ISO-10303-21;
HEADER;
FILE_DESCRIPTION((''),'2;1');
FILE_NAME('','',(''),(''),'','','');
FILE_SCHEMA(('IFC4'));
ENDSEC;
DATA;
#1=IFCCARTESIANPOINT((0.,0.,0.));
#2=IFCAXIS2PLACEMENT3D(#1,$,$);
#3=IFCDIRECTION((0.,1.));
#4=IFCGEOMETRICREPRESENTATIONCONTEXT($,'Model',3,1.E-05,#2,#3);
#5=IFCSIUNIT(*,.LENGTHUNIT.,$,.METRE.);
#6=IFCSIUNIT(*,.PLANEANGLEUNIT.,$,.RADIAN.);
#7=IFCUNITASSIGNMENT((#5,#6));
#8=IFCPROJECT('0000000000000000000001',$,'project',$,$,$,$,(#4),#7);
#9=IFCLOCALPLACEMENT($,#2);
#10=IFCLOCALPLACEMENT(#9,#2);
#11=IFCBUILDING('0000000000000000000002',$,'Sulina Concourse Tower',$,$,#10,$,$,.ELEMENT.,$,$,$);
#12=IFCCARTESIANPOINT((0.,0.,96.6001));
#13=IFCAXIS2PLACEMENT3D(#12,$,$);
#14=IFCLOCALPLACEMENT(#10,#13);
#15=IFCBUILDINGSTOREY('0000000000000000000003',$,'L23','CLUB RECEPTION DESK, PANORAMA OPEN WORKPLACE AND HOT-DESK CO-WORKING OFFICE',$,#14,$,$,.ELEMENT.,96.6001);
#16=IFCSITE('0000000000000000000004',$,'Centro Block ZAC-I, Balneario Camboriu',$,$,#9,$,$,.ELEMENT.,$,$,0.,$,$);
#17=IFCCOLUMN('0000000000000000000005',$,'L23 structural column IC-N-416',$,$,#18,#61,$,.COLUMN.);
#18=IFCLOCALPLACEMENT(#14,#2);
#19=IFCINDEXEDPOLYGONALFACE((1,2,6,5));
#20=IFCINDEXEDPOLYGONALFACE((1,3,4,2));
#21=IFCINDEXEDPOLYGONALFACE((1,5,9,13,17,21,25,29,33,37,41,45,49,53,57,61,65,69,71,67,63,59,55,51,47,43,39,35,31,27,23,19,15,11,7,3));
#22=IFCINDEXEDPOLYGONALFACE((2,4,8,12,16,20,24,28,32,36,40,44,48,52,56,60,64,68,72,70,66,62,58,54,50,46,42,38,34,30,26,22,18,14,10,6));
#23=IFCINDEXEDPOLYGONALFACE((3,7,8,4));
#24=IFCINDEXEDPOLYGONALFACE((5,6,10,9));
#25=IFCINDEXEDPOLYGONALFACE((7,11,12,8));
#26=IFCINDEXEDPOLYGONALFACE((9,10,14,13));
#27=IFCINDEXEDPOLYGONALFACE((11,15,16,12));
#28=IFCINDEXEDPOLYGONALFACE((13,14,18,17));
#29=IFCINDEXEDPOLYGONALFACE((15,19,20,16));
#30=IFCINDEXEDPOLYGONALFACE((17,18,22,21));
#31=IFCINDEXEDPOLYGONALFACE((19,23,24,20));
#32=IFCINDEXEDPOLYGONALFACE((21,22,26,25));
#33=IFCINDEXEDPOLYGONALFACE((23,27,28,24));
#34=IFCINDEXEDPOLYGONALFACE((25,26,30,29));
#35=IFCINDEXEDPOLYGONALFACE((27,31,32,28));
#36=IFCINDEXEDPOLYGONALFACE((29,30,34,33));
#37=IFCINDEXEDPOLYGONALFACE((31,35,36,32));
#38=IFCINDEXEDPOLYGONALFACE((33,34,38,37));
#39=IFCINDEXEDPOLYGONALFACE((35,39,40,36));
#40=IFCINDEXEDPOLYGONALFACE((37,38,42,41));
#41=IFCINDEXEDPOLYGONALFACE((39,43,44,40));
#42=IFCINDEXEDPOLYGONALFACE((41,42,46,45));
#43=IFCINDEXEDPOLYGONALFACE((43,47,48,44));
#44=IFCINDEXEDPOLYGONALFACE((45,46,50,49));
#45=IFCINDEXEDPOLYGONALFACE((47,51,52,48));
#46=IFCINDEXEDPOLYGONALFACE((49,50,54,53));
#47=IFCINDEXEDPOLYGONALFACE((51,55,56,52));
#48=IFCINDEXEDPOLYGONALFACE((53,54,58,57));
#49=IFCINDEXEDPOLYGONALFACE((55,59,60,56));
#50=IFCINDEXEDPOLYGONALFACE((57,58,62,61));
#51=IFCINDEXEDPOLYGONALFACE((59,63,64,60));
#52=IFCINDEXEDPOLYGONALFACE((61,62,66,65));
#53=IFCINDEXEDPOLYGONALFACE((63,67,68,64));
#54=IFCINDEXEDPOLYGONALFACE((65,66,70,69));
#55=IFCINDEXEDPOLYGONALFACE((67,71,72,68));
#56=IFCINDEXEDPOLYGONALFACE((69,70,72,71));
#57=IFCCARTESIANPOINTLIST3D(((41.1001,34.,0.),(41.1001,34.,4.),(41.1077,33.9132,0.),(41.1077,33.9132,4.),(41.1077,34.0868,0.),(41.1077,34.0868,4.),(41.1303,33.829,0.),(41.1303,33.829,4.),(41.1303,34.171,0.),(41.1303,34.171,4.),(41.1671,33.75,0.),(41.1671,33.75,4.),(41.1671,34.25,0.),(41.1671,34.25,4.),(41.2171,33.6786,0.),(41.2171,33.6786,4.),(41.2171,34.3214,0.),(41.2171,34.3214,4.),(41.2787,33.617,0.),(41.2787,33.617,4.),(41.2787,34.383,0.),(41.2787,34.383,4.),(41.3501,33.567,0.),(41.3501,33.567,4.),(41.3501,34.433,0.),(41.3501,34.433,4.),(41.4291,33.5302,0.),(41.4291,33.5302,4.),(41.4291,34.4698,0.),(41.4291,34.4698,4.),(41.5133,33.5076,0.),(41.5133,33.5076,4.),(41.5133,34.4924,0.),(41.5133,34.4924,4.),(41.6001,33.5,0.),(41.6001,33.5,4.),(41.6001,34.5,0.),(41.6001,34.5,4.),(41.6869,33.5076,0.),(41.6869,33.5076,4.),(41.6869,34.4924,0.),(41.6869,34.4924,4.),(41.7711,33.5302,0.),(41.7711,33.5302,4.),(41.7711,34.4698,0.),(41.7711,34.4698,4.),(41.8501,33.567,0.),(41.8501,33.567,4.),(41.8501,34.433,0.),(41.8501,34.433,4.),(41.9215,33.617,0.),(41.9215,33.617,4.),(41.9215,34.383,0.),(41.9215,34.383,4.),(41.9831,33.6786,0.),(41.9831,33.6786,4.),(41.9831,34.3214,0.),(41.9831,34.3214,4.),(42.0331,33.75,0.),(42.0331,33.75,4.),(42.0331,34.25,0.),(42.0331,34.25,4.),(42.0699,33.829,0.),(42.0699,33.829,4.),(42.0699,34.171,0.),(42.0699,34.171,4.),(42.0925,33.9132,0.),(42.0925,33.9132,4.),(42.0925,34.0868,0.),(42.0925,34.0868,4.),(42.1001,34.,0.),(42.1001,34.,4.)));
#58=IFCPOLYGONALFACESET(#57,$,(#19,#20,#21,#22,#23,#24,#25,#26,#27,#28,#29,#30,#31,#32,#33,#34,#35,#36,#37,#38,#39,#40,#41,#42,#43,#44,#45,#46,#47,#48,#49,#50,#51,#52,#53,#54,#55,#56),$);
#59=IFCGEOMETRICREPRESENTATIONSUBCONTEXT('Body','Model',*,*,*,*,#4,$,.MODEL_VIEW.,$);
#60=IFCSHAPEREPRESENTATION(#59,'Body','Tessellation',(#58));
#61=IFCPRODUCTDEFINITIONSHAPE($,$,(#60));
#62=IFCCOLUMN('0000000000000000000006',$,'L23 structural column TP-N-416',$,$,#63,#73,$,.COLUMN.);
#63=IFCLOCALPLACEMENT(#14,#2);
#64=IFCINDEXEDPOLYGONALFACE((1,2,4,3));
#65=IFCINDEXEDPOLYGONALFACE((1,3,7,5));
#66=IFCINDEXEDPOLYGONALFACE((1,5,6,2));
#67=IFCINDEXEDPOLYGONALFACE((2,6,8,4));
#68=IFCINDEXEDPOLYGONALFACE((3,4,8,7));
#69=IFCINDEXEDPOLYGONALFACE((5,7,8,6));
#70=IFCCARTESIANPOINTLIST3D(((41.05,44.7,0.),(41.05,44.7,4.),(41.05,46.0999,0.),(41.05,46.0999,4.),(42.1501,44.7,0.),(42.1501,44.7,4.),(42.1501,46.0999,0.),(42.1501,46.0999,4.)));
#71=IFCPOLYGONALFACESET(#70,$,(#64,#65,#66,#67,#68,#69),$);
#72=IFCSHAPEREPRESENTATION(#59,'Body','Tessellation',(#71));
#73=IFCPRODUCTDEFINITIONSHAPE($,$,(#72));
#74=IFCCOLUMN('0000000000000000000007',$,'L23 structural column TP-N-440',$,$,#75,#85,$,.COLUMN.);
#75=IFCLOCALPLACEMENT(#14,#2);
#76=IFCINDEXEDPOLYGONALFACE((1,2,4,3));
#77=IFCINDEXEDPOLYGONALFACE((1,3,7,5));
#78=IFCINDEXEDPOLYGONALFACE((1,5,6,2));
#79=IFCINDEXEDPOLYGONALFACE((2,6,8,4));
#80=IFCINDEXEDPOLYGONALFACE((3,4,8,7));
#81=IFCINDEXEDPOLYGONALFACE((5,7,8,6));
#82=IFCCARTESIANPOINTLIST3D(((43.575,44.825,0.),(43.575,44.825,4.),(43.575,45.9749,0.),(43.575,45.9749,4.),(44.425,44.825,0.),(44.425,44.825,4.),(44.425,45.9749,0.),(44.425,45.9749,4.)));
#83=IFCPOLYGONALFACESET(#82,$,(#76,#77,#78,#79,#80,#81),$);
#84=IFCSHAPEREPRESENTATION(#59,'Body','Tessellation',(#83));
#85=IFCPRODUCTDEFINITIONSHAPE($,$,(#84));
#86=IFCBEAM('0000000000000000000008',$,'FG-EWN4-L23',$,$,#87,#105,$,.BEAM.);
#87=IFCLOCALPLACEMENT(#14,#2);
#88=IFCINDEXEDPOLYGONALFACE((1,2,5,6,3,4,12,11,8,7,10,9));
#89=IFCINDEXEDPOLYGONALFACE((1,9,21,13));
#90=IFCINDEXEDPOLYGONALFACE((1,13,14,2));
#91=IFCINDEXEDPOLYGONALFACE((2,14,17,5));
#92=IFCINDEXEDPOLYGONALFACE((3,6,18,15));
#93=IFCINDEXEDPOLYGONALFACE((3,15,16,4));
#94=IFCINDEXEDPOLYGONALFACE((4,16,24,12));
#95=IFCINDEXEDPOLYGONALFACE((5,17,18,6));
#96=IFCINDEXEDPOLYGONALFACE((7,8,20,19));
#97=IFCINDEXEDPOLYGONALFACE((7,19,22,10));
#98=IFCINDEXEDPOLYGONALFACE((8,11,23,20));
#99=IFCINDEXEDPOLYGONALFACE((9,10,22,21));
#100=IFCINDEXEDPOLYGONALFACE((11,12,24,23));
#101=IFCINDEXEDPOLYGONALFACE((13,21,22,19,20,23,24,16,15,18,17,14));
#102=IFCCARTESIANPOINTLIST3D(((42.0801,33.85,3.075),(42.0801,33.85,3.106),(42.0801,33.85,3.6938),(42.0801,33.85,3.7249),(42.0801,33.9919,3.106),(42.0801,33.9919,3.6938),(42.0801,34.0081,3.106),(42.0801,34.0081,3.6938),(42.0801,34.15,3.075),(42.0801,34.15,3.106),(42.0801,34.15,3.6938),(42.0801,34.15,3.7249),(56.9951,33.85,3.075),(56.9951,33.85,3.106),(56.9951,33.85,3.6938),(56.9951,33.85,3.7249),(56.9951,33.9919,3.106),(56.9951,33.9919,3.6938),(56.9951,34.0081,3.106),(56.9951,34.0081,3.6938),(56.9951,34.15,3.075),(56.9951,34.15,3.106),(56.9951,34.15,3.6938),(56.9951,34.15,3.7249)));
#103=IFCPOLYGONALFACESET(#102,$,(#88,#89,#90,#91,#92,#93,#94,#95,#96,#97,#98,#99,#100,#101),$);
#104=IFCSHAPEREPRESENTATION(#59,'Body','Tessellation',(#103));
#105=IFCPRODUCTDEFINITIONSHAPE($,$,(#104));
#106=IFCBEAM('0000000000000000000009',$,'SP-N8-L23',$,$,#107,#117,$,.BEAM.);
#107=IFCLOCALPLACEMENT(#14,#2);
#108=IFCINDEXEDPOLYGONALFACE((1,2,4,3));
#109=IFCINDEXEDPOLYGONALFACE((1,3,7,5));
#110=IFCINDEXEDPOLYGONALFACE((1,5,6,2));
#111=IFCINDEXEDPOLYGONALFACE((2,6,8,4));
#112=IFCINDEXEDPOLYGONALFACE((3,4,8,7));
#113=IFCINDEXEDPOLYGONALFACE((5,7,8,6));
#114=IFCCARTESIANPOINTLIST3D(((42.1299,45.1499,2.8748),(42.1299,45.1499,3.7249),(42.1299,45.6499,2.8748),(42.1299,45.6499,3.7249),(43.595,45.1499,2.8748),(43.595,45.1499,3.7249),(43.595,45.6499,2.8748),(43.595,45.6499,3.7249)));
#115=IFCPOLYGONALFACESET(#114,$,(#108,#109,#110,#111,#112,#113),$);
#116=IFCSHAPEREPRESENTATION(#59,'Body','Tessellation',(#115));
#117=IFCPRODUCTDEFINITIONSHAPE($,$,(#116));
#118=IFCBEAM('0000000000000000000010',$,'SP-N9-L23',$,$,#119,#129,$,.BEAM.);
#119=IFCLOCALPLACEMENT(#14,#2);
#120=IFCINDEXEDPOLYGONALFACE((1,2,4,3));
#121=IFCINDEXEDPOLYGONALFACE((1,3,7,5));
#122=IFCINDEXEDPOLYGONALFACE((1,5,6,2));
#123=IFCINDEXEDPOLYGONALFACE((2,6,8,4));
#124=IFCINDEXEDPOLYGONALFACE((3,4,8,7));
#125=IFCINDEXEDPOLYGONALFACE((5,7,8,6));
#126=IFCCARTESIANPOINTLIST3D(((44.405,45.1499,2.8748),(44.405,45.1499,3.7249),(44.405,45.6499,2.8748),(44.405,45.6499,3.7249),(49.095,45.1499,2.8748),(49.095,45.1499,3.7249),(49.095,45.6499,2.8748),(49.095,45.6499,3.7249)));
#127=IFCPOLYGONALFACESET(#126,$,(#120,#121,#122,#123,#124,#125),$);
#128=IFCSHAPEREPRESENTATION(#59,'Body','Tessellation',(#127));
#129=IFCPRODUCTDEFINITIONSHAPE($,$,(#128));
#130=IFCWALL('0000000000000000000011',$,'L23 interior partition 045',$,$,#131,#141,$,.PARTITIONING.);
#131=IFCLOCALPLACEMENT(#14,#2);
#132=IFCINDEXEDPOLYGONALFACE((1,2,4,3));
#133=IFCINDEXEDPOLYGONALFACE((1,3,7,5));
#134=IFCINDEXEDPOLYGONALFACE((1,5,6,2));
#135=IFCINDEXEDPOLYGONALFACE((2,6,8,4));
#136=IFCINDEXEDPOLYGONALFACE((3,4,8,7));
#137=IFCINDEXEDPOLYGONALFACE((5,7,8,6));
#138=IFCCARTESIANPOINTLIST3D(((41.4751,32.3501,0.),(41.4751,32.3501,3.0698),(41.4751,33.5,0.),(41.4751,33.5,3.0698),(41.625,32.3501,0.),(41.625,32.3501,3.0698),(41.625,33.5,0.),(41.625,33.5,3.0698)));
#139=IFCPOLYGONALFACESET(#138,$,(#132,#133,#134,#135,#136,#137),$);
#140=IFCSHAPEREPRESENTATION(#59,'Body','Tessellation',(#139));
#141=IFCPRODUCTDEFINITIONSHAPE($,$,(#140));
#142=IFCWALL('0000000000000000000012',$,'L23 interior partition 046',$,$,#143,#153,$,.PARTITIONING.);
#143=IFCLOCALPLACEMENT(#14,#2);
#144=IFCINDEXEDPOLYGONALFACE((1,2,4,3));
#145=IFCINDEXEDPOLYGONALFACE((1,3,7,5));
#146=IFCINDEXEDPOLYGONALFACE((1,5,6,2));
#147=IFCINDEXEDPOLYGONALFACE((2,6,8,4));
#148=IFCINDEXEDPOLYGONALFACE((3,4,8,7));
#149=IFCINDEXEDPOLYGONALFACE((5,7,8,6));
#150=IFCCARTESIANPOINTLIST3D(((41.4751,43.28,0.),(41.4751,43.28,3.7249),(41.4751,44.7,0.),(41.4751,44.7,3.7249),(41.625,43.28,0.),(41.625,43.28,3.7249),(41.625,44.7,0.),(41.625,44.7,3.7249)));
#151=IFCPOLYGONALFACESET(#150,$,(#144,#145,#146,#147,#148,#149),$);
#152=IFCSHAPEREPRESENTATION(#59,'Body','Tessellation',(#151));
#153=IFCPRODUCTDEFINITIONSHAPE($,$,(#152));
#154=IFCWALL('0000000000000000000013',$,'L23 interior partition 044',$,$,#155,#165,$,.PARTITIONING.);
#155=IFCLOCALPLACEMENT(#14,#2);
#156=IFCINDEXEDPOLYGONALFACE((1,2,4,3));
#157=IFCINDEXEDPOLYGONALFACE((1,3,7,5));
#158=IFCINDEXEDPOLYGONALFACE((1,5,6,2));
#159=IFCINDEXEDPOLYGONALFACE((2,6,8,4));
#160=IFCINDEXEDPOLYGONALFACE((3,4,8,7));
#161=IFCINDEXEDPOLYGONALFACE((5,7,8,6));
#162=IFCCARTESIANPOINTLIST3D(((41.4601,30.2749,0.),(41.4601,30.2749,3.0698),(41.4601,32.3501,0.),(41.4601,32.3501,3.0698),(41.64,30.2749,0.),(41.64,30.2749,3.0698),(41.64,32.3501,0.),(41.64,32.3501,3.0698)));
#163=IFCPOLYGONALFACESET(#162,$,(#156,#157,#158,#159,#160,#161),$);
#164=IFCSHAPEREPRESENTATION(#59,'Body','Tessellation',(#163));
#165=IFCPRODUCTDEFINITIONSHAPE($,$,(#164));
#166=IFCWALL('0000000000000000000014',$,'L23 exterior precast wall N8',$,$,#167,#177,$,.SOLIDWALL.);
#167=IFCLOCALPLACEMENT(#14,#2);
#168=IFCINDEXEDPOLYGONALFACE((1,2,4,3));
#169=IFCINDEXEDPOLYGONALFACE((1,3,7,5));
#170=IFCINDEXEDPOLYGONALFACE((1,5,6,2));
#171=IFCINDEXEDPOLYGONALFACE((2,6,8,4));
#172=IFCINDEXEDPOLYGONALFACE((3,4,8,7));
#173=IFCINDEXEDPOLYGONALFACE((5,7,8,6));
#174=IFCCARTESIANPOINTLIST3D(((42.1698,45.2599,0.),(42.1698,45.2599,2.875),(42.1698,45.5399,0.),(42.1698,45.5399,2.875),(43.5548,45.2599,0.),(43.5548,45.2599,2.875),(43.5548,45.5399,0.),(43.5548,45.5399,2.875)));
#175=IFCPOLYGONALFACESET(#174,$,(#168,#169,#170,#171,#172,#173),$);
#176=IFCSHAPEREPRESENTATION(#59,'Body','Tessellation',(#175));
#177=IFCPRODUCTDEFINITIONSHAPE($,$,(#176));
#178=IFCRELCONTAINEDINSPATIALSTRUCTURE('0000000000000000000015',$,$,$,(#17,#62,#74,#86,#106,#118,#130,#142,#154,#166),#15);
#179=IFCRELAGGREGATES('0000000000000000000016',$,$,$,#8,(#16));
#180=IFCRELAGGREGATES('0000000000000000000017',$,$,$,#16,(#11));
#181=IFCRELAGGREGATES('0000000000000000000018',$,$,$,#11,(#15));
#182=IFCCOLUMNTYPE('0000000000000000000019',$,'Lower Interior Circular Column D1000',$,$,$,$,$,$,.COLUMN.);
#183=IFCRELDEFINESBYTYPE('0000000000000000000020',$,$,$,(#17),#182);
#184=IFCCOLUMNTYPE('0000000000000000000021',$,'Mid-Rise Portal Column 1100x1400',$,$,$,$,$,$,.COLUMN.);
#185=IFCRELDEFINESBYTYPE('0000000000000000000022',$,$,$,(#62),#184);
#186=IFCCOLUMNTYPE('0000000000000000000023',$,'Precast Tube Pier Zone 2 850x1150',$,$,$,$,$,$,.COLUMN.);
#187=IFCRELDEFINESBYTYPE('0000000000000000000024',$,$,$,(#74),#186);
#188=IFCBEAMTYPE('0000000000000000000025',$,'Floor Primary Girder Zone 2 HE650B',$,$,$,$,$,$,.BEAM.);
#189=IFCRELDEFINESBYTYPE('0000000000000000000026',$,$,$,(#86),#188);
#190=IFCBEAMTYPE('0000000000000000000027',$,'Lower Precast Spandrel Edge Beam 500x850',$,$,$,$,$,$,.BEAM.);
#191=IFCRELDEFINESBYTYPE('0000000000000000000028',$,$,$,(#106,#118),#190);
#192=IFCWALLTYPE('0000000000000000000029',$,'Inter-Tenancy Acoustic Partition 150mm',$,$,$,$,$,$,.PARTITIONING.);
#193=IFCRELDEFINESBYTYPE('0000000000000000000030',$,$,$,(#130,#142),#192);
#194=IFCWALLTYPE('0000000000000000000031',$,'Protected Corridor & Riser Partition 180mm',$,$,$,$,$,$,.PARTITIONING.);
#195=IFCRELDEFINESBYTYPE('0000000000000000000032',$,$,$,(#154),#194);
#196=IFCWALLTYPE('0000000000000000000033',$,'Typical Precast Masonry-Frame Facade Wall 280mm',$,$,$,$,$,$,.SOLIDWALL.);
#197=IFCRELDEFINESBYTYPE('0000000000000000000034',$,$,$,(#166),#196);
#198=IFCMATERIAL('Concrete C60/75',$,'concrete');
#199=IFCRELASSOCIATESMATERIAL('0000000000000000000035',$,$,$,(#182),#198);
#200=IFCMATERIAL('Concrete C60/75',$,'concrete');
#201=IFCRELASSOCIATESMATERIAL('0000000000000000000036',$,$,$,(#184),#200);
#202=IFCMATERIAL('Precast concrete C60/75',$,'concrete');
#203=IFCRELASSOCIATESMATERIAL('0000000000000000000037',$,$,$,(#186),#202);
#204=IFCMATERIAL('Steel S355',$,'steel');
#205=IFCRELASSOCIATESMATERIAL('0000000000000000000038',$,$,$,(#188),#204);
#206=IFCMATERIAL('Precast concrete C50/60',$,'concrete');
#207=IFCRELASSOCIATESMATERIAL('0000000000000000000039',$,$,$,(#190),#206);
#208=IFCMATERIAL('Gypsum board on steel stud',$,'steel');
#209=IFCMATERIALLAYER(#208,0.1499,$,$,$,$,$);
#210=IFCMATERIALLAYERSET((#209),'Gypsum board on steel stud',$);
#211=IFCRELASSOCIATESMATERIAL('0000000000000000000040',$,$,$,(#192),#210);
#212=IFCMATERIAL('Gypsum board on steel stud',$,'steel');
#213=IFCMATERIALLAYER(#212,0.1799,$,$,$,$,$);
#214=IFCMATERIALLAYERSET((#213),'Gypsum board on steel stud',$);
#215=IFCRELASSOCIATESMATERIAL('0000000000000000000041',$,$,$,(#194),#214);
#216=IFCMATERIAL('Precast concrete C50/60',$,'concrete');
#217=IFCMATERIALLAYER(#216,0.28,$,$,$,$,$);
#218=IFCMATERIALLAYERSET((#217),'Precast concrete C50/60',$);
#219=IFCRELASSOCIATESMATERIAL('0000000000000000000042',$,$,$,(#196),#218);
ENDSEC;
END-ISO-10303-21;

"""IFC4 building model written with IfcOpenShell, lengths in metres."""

from ifc_helpers import new_model, si_unit, direction, frame, frame_2d, origin, origin_2d, place, context, subcontext, project, spatial, rectangle, circle, i_section, extrude, material, layer, layer_set, material_profile, profile_set, type_object, element, save


model = new_model("IFC4")

# Units and contexts
model_context = context("Model", 3, precision=1e-05, world=origin(), true_north=direction((0.0, 1.0)))
body_context = subcontext(model_context, "Body", "Model", "MODEL_VIEW")
ifc_project = project(units=[si_unit("LENGTHUNIT", "METRE"), si_unit("PLANEANGLEUNIT", "RADIAN")], contexts=[model_context])

# Site, building, storey
site_placement = place(None, origin())
site = spatial("IfcSite", under=ifc_project, at=site_placement, Name="Centro Block ZAC-I, Balneario Camboriu", CompositionType="ELEMENT", RefElevation=0.0)
building_placement = place(site_placement, origin())
building = spatial("IfcBuilding", under=site, at=building_placement, Name="Sulina Concourse Tower", CompositionType="ELEMENT")
storey_placement = place(building_placement, frame((0.0, 0.0, 96.6001)))
storey = spatial("IfcBuildingStorey", under=building, at=storey_placement, Name="L23", Description="CLUB RECEPTION DESK, PANORAMA OPEN WORKPLACE AND HOT-DESK CO-WORKING OFFICE", CompositionType="ELEMENT", Elevation=96.6001)

# Columns
ifc_material_1 = material(Name="Concrete C60/75", Category="concrete")
ifc_material_profile_1 = material_profile(ifc_material_1, circle(Radius=0.5, at=origin_2d()), Name="RC D1000")
ifc_profile_set_1 = profile_set([ifc_material_profile_1], Name="Concrete C60/75")
column_type_1 = type_object("IfcColumnType", Name="Lower Interior Circular Column D1000", PredefinedType="COLUMN", material=ifc_profile_set_1)
column_1_placement = place(storey_placement, frame((41.6001, 34.0, 0.0), z_axis=(0.0, 0.0, 1.0), x_axis=(1.0, 0.0, 0.0)))
element("IfcColumn", 1, at=column_1_placement, inside=storey, type_object=column_type_1, Name="L23 structural column IC-N-416", PredefinedType="COLUMN", context=body_context, shape_type="SweptSolid", body=[
    extrude(circle(Radius=0.5, at=origin_2d()), origin(), (0.0, 0.0, 1.0), 4.0),
])
ifc_material_2 = material(Name="Concrete C60/75", Category="concrete")
ifc_material_profile_2 = material_profile(ifc_material_2, rectangle(XDim=1.1001, YDim=1.3999, at=origin_2d()), Name="RC 1100x1400")
ifc_profile_set_2 = profile_set([ifc_material_profile_2], Name="Concrete C60/75")
column_type_2 = type_object("IfcColumnType", Name="Mid-Rise Portal Column 1100x1400", PredefinedType="COLUMN", material=ifc_profile_set_2)
column_2_placement = place(storey_placement, frame((41.6001, 45.3999, 0.0), z_axis=(0.0, 0.0, 1.0), x_axis=(1.0, 0.0, 0.0)))
element("IfcColumn", 2, at=column_2_placement, inside=storey, type_object=column_type_2, Name="L23 structural column TP-N-416", PredefinedType="COLUMN", context=body_context, shape_type="SweptSolid", body=[
    extrude(rectangle(XDim=1.1001, YDim=1.3999, at=origin_2d()), origin(), (0.0, 0.0, 1.0), 4.0),
])
ifc_material_3 = material(Name="Precast concrete C60/75", Category="concrete")
ifc_material_profile_3 = material_profile(ifc_material_3, rectangle(XDim=0.8501, YDim=1.1499, at=origin_2d()), Name="PC 850x1150")
ifc_profile_set_3 = profile_set([ifc_material_profile_3], Name="Precast concrete C60/75")
column_type_3 = type_object("IfcColumnType", Name="Precast Tube Pier Zone 2 850x1150", PredefinedType="COLUMN", material=ifc_profile_set_3)
column_3_placement = place(storey_placement, frame((44.0, 45.3999, 0.0), z_axis=(0.0, 0.0, 1.0), x_axis=(1.0, 0.0, 0.0)))
element("IfcColumn", 3, at=column_3_placement, inside=storey, type_object=column_type_3, Name="L23 structural column TP-N-440", PredefinedType="COLUMN", context=body_context, shape_type="SweptSolid", body=[
    extrude(rectangle(XDim=0.8501, YDim=1.1499, at=origin_2d()), origin(), (0.0, 0.0, 1.0), 4.0),
])

# Beams
ifc_material_4 = material(Name="Steel S355", Category="steel")
ifc_material_profile_4 = material_profile(ifc_material_4, i_section(OverallWidth=0.3, OverallDepth=0.6499, WebThickness=0.0161, FlangeThickness=0.031, at=origin_2d()), Name="HE 650 B")
ifc_profile_set_4 = profile_set([ifc_material_profile_4], Name="Steel S355")
beam_type_1 = type_object("IfcBeamType", Name="Floor Primary Girder Zone 2 HE650B", PredefinedType="BEAM", material=ifc_profile_set_4)
beam_1_placement = place(storey_placement, frame((42.0801, 34.0, 3.3999), z_axis=(1.0, 0.0, 0.0), x_axis=(0.0, 1.0, 0.0)))
element("IfcBeam", 4, at=beam_1_placement, inside=storey, type_object=beam_type_1, Name="FG-EWN4-L23", PredefinedType="BEAM", context=body_context, shape_type="SweptSolid", body=[
    extrude(i_section(OverallWidth=0.3, OverallDepth=0.6499, WebThickness=0.0161, FlangeThickness=0.031, at=origin_2d()), origin(), (0.0, 0.0, 1.0), 14.915),
])
ifc_material_5 = material(Name="Precast concrete C50/60", Category="concrete")
ifc_material_profile_5 = material_profile(ifc_material_5, rectangle(XDim=0.5, YDim=0.8501, at=origin_2d()), Name="RC 500x850")
ifc_profile_set_5 = profile_set([ifc_material_profile_5], Name="Precast concrete C50/60")
beam_type_2 = type_object("IfcBeamType", Name="Lower Precast Spandrel Edge Beam 500x850", PredefinedType="BEAM", material=ifc_profile_set_5)
beam_2_placement = place(storey_placement, frame((42.1299, 45.3999, 3.2998), z_axis=(1.0, 0.0, 0.0), x_axis=(0.0, 1.0, 0.0)))
element("IfcBeam", 5, at=beam_2_placement, inside=storey, type_object=beam_type_2, Name="SP-N8-L23", PredefinedType="BEAM", context=body_context, shape_type="SweptSolid", body=[
    extrude(rectangle(XDim=0.5, YDim=0.8501, at=origin_2d()), origin(), (0.0, 0.0, 1.0), 1.4651),
])
beam_3_placement = place(storey_placement, frame((44.405, 45.3999, 3.2998), z_axis=(1.0, 0.0, 0.0), x_axis=(0.0, 1.0, 0.0)))
element("IfcBeam", 6, at=beam_3_placement, inside=storey, type_object=beam_type_2, Name="SP-N9-L23", PredefinedType="BEAM", context=body_context, shape_type="SweptSolid", body=[
    extrude(rectangle(XDim=0.5, YDim=0.8501, at=origin_2d()), origin(), (0.0, 0.0, 1.0), 4.6899),
])

# Walls
ifc_material_6 = material(Name="Gypsum board on steel stud", Category="steel")
ifc_layer_1 = layer(ifc_material_6, 0.1499)
ifc_layer_set_1 = layer_set([ifc_layer_1], Name="Gypsum board on steel stud")
wall_type_1 = type_object("IfcWallType", Name="Inter-Tenancy Acoustic Partition 150mm", PredefinedType="PARTITIONING", material=ifc_layer_set_1)
wall_1_placement = place(storey_placement, frame((41.55, 32.3501, 0.0), z_axis=(0.0, 0.0, 1.0), x_axis=(0.0, 1.0, 0.0)))
element("IfcWall", 7, at=wall_1_placement, inside=storey, type_object=wall_type_1, Name="L23 interior partition 045", PredefinedType="PARTITIONING", context=body_context, shape_type="SweptSolid", body=[
    extrude(rectangle(XDim=1.1499, YDim=0.1499, at=frame_2d((0.575, 0.0))), origin(), (0.0, 0.0, 1.0), 3.0698),
])
wall_2_placement = place(storey_placement, frame((41.55, 43.28, 0.0), z_axis=(0.0, 0.0, 1.0), x_axis=(0.0, 1.0, 0.0)))
element("IfcWall", 8, at=wall_2_placement, inside=storey, type_object=wall_type_1, Name="L23 interior partition 046", PredefinedType="PARTITIONING", context=body_context, shape_type="SweptSolid", body=[
    extrude(rectangle(XDim=1.4199, YDim=0.1499, at=frame_2d((0.71, 0.0))), origin(), (0.0, 0.0, 1.0), 3.7249),
])
ifc_material_7 = material(Name="Gypsum board on steel stud", Category="steel")
ifc_layer_2 = layer(ifc_material_7, 0.1799)
ifc_layer_set_2 = layer_set([ifc_layer_2], Name="Gypsum board on steel stud")
wall_type_2 = type_object("IfcWallType", Name="Protected Corridor & Riser Partition 180mm", PredefinedType="PARTITIONING", material=ifc_layer_set_2)
wall_3_placement = place(storey_placement, frame((41.55, 30.2749, 0.0), z_axis=(0.0, 0.0, 1.0), x_axis=(0.0, 1.0, 0.0)))
element("IfcWall", 9, at=wall_3_placement, inside=storey, type_object=wall_type_2, Name="L23 interior partition 044", PredefinedType="PARTITIONING", context=body_context, shape_type="SweptSolid", body=[
    extrude(rectangle(XDim=2.0752, YDim=0.1799, at=frame_2d((1.0376, 0.0))), origin(), (0.0, 0.0, 1.0), 3.0698),
])
ifc_material_8 = material(Name="Precast concrete C50/60", Category="concrete")
ifc_layer_3 = layer(ifc_material_8, 0.28)
ifc_layer_set_3 = layer_set([ifc_layer_3], Name="Precast concrete C50/60")
wall_type_3 = type_object("IfcWallType", Name="Typical Precast Masonry-Frame Facade Wall 280mm", PredefinedType="SOLIDWALL", material=ifc_layer_set_3)
wall_4_placement = place(storey_placement, frame((42.1699, 45.3999, 0.0), z_axis=(0.0, 0.0, 1.0), x_axis=(1.0, 0.0, 0.0)))
element("IfcWall", 10, at=wall_4_placement, inside=storey, type_object=wall_type_3, Name="L23 exterior precast wall N8", PredefinedType="SOLIDWALL", context=body_context, shape_type="SweptSolid", body=[
    extrude(rectangle(XDim=1.385, YDim=0.28, at=frame_2d((0.6924, 0.0))), origin(), (0.0, 0.0, 1.0), 2.875),
])

save(model, "model.ifc")
